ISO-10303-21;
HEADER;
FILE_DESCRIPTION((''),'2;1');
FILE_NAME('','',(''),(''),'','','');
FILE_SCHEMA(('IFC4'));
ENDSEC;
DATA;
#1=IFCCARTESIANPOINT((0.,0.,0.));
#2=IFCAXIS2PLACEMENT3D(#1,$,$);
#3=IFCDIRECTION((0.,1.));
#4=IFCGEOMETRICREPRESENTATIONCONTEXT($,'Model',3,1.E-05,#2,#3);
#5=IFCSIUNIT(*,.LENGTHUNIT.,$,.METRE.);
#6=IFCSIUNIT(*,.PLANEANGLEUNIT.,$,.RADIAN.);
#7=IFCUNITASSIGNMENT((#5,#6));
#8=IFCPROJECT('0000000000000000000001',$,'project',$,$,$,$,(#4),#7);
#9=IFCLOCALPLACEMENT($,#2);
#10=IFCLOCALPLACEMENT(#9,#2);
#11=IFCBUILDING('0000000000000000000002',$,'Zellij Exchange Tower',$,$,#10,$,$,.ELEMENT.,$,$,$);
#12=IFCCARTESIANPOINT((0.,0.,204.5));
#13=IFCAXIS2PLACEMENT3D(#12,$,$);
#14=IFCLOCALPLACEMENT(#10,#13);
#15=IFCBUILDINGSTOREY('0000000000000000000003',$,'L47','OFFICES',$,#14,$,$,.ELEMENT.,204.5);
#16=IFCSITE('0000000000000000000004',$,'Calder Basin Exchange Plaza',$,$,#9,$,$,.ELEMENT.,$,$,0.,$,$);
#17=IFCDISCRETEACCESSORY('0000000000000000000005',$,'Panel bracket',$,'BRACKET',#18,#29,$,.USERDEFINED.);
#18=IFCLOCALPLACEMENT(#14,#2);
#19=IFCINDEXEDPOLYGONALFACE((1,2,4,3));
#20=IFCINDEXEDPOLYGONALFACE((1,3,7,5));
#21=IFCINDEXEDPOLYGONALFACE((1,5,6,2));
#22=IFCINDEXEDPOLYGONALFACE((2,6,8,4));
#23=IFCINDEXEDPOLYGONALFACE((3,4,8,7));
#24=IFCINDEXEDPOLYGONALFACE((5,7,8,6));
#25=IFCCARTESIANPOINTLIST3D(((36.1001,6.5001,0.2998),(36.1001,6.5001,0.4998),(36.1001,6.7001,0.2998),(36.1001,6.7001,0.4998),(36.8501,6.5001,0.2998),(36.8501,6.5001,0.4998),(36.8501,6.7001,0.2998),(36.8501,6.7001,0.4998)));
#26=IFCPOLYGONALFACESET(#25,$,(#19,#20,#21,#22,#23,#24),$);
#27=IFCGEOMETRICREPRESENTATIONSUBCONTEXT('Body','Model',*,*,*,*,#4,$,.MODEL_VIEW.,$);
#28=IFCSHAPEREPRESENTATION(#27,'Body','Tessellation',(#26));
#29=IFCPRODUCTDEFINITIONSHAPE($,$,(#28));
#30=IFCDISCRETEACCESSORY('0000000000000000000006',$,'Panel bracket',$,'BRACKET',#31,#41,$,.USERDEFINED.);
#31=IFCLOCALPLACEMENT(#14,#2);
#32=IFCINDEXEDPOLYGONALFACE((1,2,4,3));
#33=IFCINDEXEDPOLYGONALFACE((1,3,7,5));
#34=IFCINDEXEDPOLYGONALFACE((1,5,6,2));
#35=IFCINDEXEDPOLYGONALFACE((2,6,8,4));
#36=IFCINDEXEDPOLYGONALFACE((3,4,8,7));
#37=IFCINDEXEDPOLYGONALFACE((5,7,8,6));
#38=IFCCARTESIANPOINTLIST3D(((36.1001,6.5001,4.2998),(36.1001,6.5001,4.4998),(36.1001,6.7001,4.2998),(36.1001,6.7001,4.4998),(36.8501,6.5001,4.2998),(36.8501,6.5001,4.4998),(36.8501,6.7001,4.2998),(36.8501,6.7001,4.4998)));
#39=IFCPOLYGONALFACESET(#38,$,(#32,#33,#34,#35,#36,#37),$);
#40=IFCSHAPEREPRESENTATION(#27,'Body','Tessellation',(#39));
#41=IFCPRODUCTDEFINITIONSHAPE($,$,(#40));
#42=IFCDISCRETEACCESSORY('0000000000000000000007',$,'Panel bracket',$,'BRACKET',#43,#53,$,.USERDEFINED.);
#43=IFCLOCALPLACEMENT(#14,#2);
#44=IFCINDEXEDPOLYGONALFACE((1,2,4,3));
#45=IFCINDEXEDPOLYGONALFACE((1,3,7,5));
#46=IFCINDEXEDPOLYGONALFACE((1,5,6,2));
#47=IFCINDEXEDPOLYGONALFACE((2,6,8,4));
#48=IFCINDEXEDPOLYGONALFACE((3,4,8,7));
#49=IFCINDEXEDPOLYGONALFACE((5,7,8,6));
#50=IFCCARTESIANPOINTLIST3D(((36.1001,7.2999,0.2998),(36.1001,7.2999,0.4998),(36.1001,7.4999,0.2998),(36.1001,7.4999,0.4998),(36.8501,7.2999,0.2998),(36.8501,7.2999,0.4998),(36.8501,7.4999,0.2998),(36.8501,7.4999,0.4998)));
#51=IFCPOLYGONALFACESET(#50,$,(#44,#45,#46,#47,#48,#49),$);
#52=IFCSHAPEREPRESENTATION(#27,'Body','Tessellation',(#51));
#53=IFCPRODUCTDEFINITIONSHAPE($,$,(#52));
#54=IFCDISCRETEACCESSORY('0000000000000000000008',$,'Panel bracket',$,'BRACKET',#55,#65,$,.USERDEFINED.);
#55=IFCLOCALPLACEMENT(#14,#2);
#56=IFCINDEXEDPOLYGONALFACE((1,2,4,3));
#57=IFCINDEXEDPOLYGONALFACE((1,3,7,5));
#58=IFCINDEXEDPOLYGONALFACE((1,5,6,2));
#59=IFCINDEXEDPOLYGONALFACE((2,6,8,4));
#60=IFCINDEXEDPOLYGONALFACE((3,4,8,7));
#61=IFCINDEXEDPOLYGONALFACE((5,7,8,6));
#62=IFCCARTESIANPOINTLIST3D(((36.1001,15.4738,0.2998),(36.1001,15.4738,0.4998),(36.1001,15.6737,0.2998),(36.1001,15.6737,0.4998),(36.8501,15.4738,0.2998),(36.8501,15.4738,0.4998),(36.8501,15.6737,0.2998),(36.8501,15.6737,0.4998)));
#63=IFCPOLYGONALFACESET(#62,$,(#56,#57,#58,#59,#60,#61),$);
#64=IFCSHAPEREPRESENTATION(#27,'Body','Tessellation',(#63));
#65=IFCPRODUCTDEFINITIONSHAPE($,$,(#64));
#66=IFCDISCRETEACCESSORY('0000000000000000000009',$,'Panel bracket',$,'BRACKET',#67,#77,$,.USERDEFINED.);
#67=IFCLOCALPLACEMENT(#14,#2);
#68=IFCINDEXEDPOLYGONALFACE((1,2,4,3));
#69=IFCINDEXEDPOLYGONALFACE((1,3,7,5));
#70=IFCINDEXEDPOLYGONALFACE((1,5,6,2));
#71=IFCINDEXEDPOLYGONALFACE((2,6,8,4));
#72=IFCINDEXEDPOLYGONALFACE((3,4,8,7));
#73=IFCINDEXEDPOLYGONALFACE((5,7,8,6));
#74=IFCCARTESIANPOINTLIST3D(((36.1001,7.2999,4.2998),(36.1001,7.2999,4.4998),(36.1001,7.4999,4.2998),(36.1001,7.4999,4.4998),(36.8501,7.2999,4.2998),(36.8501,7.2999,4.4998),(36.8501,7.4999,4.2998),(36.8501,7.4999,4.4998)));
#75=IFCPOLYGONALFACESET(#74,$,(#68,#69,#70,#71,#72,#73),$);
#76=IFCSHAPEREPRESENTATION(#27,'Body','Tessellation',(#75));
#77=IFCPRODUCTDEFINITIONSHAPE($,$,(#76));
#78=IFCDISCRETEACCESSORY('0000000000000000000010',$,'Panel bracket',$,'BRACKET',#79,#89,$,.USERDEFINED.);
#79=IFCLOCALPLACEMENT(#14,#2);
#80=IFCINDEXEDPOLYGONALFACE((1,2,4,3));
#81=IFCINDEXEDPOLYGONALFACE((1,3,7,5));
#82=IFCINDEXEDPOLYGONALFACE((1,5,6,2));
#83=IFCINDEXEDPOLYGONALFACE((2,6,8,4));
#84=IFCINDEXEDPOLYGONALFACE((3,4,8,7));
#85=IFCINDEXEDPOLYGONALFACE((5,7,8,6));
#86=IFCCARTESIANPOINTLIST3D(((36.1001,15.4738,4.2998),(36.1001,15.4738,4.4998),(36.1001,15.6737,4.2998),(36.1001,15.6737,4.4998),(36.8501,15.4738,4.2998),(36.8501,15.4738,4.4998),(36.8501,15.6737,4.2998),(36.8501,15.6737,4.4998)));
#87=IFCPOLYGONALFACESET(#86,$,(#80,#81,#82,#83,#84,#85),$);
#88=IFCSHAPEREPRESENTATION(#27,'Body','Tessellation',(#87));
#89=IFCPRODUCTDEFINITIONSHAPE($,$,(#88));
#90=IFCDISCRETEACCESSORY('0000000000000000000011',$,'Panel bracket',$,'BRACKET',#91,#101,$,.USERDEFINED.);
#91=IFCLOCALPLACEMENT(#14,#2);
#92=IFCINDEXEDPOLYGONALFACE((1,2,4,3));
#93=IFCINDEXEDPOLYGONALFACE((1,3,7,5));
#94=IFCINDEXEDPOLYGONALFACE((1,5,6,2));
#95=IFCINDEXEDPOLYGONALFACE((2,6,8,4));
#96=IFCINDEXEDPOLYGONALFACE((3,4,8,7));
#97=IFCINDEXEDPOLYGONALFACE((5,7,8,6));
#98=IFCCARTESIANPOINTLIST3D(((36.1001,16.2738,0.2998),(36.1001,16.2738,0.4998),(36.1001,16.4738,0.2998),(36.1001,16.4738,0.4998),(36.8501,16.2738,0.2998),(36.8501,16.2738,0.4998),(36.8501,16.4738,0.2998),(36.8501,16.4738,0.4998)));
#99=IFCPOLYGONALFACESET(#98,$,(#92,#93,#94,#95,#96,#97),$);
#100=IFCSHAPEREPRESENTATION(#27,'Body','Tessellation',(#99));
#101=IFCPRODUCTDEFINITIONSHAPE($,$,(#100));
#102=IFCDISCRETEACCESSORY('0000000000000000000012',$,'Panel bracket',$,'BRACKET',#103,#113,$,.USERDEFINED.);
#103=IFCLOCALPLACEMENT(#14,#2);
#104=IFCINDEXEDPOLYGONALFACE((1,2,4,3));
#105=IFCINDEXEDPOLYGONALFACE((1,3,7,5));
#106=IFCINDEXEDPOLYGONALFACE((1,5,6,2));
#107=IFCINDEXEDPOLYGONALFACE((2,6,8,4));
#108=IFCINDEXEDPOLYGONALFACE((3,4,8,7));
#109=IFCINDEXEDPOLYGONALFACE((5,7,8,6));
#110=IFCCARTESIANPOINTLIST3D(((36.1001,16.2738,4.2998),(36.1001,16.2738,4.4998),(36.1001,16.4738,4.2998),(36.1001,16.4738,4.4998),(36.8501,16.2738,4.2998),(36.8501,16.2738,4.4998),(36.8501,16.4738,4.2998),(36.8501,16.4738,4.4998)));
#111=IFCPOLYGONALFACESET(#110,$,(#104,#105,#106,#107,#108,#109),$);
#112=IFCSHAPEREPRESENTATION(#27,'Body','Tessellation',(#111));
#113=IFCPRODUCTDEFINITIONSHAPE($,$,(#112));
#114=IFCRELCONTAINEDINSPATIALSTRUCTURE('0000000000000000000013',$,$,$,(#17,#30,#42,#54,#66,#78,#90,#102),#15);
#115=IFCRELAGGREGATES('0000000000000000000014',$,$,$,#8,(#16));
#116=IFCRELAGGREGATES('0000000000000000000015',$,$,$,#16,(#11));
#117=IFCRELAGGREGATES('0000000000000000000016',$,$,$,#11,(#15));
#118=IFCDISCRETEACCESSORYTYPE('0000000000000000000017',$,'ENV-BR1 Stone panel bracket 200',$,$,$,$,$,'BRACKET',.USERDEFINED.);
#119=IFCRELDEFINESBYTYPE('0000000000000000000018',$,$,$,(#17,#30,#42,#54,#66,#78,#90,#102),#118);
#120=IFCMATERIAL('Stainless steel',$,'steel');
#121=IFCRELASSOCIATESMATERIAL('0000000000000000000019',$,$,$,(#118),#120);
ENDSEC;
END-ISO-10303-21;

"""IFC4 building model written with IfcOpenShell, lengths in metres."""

from ifc_helpers import new_model, si_unit, direction, frame, origin, origin_2d, place, context, subcontext, project, spatial, rectangle, extrude, material, type_object, element, save


model = new_model("IFC4")

# Units and contexts
model_context = context("Model", 3, precision=1e-05, world=origin(), true_north=direction((0.0, 1.0)))
body_context = subcontext(model_context, "Body", "Model", "MODEL_VIEW")
ifc_project = project(units=[si_unit("LENGTHUNIT", "METRE"), si_unit("PLANEANGLEUNIT", "RADIAN")], contexts=[model_context])

# Site, building, storey
site_placement = place(None, origin())
site = spatial("IfcSite", under=ifc_project, at=site_placement, Name="Calder Basin Exchange Plaza", CompositionType="ELEMENT", RefElevation=0.0)
building_placement = place(site_placement, origin())
building = spatial("IfcBuilding", under=site, at=building_placement, Name="Zellij Exchange Tower", CompositionType="ELEMENT")
storey_placement = place(building_placement, frame((0.0, 0.0, 204.5)))
storey = spatial("IfcBuildingStorey", under=building, at=storey_placement, Name="L47", Description="OFFICES", CompositionType="ELEMENT", Elevation=204.5)

# Discrete accessories
ifc_material_1 = material(Name="Stainless steel", Category="steel")
discrete_accessory_type = type_object("IfcDiscreteAccessoryType", Name="ENV-BR1 Stone panel bracket 200", ElementType="BRACKET", PredefinedType="USERDEFINED", material=ifc_material_1)
for number, where, z_axis, x_axis, name in (
    (1, (36.4751, 6.6001, 0.2998), (0.0, 0.0, 1.0), (0.0, 1.0, 0.0), "Panel bracket"),
    (2, (36.4751, 6.6001, 4.2998), (0.0, 0.0, 1.0), (0.0, 1.0, 0.0), "Panel bracket"),
    (3, (36.4751, 7.3999, 0.2998), (0.0, 0.0, 1.0), (0.0, 1.0, 0.0), "Panel bracket"),
    (4, (36.4751, 15.5737, 0.2998), (0.0, 0.0, 1.0), (0.0, 1.0, 0.0), "Panel bracket"),
    (5, (36.4751, 7.3999, 4.2998), (0.0, 0.0, 1.0), (0.0, 1.0, 0.0), "Panel bracket"),
    (6, (36.4751, 15.5737, 4.2998), (0.0, 0.0, 1.0), (0.0, 1.0, 0.0), "Panel bracket"),
    (7, (36.4751, 16.3738, 0.2998), (0.0, 0.0, 1.0), (0.0, 1.0, 0.0), "Panel bracket"),
    (8, (36.4751, 16.3738, 4.2998), (0.0, 0.0, 1.0), (0.0, 1.0, 0.0), "Panel bracket"),
):
    element("IfcDiscreteAccessory", number, at=place(storey_placement, frame(where, z_axis=z_axis, x_axis=x_axis)), inside=storey, type_object=discrete_accessory_type, Name=name, ObjectType="BRACKET", PredefinedType="USERDEFINED", context=body_context, shape_type="SweptSolid", body=[
        extrude(rectangle(XDim=0.2, YDim=0.75, at=origin_2d()), origin(), (0.0, 0.0, 1.0), 0.2),
    ])

save(model, "model.ifc")
